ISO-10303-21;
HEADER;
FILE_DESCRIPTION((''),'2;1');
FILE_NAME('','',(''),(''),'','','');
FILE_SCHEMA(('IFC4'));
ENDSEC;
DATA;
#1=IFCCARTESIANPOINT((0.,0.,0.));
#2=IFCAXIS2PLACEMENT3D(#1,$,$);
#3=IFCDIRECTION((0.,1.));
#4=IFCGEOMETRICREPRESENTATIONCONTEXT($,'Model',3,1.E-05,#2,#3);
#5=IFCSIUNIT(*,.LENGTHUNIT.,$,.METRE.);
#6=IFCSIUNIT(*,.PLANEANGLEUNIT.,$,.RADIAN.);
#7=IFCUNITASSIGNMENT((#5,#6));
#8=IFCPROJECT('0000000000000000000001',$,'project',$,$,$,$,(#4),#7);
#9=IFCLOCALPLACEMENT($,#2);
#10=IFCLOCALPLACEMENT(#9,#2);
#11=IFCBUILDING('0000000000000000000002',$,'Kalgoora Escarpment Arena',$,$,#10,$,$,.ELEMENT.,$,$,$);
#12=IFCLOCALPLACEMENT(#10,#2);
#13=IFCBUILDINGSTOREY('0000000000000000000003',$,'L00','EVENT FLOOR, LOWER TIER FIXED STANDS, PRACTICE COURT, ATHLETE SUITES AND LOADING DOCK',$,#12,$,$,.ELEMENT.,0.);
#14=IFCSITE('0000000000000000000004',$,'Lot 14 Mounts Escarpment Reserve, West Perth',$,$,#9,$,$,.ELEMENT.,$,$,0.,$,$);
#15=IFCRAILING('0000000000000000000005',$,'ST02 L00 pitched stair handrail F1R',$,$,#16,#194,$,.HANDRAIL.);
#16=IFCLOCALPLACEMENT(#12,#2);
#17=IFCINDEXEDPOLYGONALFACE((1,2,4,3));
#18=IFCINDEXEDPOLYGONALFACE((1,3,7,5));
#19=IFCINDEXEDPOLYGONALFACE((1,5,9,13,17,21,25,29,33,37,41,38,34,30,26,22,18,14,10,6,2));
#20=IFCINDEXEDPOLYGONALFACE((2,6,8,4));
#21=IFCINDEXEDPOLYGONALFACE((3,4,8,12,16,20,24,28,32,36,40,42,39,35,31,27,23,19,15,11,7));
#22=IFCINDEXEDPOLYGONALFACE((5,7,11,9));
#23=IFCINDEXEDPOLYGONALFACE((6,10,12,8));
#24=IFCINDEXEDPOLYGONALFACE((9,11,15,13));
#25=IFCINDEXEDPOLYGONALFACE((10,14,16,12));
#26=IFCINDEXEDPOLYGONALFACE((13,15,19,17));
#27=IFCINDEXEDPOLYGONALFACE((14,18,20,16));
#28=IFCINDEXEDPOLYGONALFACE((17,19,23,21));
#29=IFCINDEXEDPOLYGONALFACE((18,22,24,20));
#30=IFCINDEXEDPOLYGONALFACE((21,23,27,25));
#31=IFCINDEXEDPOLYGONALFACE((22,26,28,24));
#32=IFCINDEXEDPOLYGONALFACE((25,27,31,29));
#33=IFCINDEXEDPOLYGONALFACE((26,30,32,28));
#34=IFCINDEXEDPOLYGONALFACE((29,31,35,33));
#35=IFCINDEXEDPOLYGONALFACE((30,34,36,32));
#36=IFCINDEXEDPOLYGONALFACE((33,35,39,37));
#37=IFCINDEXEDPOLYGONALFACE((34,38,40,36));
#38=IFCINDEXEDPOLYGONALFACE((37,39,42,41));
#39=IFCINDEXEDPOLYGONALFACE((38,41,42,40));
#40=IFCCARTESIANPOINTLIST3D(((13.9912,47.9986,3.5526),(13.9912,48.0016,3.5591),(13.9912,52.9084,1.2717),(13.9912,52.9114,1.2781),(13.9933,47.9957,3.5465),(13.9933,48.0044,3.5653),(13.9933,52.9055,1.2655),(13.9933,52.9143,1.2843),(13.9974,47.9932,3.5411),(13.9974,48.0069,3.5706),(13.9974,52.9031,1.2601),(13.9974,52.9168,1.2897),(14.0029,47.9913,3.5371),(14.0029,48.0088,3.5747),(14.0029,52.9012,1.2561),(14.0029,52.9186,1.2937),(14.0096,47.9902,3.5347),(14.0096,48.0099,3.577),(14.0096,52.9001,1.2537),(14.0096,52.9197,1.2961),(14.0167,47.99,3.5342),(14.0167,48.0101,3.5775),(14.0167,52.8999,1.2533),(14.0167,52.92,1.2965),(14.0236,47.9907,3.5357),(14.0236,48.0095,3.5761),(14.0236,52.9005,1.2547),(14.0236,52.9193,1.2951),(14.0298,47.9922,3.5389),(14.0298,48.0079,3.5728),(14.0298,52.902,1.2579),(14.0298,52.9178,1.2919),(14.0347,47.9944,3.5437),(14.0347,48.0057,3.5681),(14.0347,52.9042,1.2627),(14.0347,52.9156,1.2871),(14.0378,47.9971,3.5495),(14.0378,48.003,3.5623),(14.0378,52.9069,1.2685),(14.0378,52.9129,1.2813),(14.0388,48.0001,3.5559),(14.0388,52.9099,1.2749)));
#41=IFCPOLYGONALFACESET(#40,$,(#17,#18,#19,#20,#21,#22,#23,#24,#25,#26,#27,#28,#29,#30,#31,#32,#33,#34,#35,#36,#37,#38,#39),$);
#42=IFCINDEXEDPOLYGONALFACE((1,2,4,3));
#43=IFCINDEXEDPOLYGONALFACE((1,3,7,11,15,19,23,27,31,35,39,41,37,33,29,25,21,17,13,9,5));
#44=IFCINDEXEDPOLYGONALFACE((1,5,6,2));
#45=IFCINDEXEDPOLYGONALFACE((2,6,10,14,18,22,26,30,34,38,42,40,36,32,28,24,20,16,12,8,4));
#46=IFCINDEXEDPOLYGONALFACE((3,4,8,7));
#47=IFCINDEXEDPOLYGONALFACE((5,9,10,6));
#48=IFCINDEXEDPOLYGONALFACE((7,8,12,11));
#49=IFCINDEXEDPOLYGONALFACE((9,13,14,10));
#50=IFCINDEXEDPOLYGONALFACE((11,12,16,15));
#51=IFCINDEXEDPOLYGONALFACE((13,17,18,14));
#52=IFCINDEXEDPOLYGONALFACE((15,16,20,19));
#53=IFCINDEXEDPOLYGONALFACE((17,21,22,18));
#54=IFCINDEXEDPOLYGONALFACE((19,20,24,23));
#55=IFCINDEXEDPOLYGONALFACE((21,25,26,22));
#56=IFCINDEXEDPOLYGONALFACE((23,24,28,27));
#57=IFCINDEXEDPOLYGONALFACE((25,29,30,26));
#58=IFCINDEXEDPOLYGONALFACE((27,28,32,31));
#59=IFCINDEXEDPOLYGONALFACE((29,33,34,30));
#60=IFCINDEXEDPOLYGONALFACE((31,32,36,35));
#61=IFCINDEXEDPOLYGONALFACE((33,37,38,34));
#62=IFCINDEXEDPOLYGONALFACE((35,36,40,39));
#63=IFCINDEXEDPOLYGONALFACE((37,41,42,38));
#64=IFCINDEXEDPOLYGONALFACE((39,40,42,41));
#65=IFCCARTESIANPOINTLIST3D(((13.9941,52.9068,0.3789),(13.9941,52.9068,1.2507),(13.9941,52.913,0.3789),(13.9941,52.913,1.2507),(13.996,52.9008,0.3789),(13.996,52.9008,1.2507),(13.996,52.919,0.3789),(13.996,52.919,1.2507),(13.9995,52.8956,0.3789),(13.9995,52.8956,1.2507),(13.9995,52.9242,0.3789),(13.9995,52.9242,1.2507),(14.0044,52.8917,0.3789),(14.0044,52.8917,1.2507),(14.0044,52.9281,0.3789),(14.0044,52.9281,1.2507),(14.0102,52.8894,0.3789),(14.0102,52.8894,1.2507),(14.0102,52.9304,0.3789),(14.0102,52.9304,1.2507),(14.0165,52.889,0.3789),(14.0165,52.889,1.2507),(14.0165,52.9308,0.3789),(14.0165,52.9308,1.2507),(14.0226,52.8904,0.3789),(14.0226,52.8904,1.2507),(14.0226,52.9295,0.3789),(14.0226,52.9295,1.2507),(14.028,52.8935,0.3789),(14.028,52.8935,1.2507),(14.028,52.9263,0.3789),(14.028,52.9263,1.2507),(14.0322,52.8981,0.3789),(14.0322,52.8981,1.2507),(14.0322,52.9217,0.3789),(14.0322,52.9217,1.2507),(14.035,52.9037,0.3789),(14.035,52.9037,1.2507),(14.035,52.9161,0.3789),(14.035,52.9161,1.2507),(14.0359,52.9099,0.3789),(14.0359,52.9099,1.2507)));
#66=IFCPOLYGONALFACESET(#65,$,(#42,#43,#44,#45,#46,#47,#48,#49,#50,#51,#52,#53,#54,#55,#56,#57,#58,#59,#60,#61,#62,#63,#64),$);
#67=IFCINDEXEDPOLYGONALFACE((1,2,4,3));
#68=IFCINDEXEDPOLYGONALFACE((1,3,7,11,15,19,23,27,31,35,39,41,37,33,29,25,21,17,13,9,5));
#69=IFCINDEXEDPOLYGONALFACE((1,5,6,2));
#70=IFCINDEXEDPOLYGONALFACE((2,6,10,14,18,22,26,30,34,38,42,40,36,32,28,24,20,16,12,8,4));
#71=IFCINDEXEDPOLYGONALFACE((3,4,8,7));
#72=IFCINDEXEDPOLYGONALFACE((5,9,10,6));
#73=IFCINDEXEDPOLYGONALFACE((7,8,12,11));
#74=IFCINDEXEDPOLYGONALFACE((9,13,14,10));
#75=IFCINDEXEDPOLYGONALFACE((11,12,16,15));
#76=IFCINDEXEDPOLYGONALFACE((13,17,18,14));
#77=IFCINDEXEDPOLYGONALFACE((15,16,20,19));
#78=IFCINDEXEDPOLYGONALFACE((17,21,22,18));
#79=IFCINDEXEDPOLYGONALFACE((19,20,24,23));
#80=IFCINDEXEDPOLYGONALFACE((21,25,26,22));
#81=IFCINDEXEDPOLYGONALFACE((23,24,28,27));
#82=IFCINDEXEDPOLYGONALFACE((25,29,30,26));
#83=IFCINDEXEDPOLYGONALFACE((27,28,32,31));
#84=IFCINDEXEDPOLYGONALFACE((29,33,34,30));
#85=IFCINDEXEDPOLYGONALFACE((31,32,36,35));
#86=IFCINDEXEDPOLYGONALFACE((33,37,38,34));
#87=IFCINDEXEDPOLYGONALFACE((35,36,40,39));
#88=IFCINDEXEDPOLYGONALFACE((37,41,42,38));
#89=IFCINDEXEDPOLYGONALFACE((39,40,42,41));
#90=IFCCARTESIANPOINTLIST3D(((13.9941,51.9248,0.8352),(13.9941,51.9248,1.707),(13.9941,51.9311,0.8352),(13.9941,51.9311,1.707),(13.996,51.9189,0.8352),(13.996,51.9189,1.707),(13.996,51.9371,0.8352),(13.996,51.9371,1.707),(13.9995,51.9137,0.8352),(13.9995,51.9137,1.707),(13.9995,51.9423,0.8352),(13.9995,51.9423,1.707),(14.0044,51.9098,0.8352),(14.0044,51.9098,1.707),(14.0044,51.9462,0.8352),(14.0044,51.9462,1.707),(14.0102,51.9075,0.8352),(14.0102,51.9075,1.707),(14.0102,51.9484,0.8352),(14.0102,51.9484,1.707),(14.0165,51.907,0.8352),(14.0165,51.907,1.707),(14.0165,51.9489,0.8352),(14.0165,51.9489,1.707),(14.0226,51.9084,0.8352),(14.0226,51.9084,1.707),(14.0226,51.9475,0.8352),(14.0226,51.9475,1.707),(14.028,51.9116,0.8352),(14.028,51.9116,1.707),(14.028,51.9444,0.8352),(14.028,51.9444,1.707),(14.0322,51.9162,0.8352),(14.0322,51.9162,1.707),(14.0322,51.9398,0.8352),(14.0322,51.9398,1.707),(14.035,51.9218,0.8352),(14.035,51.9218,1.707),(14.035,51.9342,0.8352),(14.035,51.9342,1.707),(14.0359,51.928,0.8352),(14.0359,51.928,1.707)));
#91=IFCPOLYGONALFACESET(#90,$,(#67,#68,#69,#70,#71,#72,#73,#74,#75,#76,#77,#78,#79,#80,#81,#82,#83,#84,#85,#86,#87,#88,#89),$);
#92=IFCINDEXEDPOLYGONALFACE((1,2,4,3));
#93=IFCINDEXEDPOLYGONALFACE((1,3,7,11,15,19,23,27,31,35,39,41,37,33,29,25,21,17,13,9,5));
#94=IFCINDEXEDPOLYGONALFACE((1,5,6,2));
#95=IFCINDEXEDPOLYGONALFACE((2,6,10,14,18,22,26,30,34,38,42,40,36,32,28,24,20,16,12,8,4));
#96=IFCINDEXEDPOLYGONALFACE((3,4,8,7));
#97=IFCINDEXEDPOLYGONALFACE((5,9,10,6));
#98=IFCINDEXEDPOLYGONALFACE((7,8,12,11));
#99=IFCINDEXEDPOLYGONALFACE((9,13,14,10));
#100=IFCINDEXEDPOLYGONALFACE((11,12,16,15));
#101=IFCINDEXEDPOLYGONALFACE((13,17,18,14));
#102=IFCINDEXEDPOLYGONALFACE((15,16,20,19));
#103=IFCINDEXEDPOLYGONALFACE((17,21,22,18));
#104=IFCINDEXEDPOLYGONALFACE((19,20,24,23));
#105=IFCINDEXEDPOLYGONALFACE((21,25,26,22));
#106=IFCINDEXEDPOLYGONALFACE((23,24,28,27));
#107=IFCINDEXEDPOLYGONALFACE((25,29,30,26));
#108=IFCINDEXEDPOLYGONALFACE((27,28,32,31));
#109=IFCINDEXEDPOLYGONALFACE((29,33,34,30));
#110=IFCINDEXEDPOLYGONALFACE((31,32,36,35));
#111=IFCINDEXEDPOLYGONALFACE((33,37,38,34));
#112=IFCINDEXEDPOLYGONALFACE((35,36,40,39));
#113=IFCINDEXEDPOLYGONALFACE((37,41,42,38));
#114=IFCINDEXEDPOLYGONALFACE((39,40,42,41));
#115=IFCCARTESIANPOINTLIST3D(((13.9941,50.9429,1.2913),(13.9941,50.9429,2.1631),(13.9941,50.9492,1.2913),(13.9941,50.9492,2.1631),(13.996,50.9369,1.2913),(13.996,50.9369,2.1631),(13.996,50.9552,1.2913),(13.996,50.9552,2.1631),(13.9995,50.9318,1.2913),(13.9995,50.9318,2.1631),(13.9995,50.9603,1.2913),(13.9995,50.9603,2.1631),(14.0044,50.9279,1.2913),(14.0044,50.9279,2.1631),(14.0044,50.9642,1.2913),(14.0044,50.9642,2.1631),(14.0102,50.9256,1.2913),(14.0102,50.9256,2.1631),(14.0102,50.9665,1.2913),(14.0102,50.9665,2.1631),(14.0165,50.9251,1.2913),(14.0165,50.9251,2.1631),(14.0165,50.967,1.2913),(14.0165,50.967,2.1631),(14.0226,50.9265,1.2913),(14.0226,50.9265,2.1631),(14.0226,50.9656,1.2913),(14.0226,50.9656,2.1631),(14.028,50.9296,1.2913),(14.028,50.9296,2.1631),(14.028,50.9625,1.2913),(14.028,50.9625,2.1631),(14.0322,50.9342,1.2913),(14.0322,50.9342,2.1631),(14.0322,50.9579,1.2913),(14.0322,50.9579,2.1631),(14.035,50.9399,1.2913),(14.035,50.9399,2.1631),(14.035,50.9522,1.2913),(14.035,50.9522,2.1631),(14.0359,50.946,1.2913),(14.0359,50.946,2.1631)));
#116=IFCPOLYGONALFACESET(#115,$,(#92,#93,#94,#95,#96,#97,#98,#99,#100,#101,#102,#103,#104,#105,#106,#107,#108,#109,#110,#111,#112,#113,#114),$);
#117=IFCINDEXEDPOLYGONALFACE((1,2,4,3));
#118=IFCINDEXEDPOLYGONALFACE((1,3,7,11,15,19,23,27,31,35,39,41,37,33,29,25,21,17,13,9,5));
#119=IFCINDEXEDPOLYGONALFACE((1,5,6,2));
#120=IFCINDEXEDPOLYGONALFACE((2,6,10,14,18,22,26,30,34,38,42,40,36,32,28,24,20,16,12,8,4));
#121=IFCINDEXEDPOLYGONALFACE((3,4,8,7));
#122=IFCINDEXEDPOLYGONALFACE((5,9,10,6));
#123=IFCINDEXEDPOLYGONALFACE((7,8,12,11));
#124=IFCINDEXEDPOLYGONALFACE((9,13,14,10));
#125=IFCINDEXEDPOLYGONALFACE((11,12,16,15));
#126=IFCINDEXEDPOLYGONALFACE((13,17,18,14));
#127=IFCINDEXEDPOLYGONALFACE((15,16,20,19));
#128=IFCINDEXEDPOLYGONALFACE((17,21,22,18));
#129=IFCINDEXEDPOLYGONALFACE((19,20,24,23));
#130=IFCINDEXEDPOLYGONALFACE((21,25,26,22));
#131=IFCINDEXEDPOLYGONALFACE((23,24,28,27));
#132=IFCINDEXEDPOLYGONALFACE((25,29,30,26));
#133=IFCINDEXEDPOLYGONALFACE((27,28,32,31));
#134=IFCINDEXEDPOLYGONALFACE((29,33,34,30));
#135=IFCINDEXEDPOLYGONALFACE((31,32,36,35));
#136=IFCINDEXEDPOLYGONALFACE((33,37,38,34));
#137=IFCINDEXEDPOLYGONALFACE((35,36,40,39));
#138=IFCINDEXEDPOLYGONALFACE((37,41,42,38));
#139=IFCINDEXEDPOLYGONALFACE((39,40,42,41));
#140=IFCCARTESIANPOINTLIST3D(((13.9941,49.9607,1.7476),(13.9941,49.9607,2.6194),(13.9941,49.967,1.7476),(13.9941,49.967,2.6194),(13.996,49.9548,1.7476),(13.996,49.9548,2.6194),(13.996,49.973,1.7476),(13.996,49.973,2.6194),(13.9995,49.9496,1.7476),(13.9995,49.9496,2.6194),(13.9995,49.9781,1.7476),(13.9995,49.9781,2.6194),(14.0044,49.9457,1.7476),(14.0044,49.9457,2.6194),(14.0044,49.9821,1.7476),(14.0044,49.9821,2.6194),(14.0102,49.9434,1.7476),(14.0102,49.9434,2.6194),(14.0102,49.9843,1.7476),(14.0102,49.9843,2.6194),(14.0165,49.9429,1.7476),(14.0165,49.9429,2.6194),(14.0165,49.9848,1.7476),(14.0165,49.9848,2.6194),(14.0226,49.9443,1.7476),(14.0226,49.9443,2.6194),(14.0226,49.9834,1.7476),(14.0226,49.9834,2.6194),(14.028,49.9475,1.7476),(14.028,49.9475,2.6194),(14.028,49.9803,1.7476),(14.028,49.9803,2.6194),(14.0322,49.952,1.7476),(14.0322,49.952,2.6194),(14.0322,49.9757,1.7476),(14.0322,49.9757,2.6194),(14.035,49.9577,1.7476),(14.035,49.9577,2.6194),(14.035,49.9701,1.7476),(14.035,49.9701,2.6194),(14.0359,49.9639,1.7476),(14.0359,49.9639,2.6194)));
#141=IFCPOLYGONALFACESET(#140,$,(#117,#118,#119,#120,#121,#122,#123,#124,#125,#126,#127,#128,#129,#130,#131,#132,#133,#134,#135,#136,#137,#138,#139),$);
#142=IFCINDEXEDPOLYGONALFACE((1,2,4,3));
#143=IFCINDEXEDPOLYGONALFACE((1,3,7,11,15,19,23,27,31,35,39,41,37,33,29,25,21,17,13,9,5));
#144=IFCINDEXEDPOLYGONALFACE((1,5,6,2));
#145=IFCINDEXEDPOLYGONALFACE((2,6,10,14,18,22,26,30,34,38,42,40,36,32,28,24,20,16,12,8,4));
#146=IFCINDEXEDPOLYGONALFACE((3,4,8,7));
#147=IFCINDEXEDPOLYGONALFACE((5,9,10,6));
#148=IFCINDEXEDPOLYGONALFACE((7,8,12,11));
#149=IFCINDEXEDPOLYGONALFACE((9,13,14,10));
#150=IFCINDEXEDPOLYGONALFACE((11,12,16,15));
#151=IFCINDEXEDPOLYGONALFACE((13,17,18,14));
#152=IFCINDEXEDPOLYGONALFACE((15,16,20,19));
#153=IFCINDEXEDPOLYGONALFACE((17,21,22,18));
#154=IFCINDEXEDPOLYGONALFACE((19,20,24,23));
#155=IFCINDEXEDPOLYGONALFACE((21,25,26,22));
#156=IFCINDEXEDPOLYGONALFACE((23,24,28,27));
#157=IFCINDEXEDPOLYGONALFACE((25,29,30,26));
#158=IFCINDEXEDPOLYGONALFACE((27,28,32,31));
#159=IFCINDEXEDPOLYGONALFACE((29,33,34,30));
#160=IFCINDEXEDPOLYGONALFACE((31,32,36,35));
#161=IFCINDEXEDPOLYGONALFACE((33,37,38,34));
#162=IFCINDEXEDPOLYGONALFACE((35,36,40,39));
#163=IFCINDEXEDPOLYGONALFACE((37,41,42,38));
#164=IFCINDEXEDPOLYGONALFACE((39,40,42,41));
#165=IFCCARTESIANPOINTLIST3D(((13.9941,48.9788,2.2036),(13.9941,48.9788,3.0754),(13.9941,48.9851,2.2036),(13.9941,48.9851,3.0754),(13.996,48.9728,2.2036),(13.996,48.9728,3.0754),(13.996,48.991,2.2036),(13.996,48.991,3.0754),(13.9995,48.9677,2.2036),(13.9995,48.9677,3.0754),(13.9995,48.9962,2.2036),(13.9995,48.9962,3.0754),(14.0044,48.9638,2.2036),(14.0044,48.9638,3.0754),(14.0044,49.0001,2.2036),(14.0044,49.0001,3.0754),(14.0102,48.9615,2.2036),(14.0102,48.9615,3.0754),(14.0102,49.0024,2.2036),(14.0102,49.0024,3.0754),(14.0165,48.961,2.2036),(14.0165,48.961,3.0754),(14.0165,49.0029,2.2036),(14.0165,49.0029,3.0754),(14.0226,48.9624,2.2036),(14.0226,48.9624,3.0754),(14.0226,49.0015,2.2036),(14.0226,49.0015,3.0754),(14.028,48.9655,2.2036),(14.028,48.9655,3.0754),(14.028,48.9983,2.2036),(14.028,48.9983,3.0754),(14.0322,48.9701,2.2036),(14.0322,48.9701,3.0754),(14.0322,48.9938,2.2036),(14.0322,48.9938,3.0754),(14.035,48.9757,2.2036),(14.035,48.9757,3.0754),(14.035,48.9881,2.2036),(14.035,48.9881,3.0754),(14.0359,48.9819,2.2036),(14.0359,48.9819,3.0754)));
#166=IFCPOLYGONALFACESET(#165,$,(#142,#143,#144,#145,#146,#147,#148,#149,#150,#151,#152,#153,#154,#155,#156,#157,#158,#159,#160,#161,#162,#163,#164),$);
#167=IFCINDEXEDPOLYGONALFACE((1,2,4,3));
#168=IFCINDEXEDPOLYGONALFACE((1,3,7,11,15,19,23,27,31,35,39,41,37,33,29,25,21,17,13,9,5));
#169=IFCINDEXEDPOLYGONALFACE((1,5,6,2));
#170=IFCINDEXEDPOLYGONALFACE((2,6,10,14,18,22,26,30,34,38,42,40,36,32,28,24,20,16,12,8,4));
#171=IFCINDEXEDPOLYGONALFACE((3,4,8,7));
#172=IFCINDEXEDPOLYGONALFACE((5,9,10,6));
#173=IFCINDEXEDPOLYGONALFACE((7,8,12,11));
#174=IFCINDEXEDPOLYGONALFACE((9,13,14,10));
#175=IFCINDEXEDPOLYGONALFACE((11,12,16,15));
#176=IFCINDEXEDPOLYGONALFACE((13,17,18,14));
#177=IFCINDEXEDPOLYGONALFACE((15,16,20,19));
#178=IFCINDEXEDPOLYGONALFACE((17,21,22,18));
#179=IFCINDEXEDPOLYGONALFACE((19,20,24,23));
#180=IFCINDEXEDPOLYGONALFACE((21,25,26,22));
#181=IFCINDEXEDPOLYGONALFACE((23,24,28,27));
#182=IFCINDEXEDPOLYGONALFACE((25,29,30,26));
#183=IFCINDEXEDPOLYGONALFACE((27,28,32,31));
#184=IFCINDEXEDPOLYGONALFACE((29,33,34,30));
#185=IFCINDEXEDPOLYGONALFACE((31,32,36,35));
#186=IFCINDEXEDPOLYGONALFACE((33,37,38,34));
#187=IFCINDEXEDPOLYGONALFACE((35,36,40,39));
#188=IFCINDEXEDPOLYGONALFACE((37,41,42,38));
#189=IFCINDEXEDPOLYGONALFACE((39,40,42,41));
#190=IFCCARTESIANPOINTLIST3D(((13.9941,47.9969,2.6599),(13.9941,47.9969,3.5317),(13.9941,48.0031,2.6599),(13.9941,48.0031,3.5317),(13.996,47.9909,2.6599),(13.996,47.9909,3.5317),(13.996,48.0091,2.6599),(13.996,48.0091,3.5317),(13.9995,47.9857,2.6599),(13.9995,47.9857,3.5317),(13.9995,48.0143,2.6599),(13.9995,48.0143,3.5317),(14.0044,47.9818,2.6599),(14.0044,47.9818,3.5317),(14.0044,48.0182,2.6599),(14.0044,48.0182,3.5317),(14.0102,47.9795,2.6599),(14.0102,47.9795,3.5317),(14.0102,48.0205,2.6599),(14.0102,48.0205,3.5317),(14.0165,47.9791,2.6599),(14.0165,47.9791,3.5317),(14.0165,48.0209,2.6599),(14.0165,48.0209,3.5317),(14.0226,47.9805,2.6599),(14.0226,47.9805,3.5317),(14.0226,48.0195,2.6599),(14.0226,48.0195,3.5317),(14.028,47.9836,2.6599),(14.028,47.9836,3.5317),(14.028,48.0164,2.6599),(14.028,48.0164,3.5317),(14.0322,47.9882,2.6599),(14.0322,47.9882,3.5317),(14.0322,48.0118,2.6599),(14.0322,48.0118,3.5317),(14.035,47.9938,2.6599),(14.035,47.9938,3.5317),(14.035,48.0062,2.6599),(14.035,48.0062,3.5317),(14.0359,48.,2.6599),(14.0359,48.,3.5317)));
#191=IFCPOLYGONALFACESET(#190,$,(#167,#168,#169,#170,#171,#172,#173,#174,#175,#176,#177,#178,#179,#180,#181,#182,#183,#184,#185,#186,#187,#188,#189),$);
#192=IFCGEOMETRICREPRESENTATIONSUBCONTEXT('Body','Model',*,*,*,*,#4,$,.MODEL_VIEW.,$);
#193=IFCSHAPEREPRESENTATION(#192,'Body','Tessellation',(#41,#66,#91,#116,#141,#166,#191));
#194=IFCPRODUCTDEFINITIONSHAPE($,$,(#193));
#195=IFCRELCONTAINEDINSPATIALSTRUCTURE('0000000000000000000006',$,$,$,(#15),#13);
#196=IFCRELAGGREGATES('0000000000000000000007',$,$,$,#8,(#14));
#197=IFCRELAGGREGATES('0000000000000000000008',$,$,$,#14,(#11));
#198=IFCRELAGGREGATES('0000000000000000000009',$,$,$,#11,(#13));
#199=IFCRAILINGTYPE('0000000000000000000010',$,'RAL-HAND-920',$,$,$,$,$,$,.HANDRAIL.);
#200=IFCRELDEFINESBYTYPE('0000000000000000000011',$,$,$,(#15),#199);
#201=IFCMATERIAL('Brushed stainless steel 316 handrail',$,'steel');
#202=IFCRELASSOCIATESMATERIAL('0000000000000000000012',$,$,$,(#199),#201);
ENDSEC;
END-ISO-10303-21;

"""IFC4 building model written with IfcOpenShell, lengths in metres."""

from ifc_helpers import new_model, si_unit, direction, frame, origin, origin_2d, place, context, subcontext, project, spatial, circle, extrude, material, type_object, element, save


model = new_model("IFC4")

# Units and contexts
model_context = context("Model", 3, precision=1e-05, world=origin(), true_north=direction((0.0, 1.0)))
body_context = subcontext(model_context, "Body", "Model", "MODEL_VIEW")
ifc_project = project(units=[si_unit("LENGTHUNIT", "METRE"), si_unit("PLANEANGLEUNIT", "RADIAN")], contexts=[model_context])

# Site, building, storey
site_placement = place(None, origin())
site = spatial("IfcSite", under=ifc_project, at=site_placement, Name="Lot 14 Mounts Escarpment Reserve, West Perth", CompositionType="ELEMENT", RefElevation=0.0)
building_placement = place(site_placement, origin())
building = spatial("IfcBuilding", under=site, at=building_placement, Name="Kalgoora Escarpment Arena", CompositionType="ELEMENT")
storey_placement = place(building_placement, origin())
storey = spatial("IfcBuildingStorey", under=building, at=storey_placement, Name="L00", Description="EVENT FLOOR, LOWER TIER FIXED STANDS, PRACTICE COURT, ATHLETE SUITES AND LOADING DOCK", CompositionType="ELEMENT", Elevation=0.0)

# Railing
ifc_material_1 = material(Name="Brushed stainless steel 316 handrail", Category="steel")
railing_type_1 = type_object("IfcRailingType", Name="RAL-HAND-920", PredefinedType="HANDRAIL", material=ifc_material_1)
for number, where, name in (
    (1, (14.0149, 52.9099, 0.3789), "ST02 L00 pitched stair handrail F1R"),
):
    element("IfcRailing", number, at=place(storey_placement, frame(where)), inside=storey, type_object=railing_type_1, Name=name, PredefinedType="HANDRAIL", context=body_context, shape_type="SweptSolid", body=[
        extrude(circle(Radius=0.0239, at=origin_2d()), frame((0.0, 0.0, 0.896), z_axis=(0.0, -0.90691, 0.421325), x_axis=(1.0, 0.0, 0.0)), (0.0, 0.0, 1.0), 5.4138),
        extrude(circle(Radius=0.021, at=origin_2d()), origin(), (0.0, 0.0, 1.0), 0.8718),
        extrude(circle(Radius=0.021, at=origin_2d()), frame((0.0, -0.9819, 0.4563)), (0.0, 0.0, 1.0), 0.8718),
        extrude(circle(Radius=0.021, at=origin_2d()), frame((0.0, -1.9639, 0.9124)), (0.0, 0.0, 1.0), 0.8718),
        extrude(circle(Radius=0.021, at=origin_2d()), frame((0.0, -2.946, 1.3687)), (0.0, 0.0, 1.0), 0.8718),
        extrude(circle(Radius=0.021, at=origin_2d()), frame((0.0, -3.928, 1.8247)), (0.0, 0.0, 1.0), 0.8718),
        extrude(circle(Radius=0.021, at=origin_2d()), frame((0.0, -4.9099, 2.281)), (0.0, 0.0, 1.0), 0.8718),
    ])

save(model, "model.ifc")
